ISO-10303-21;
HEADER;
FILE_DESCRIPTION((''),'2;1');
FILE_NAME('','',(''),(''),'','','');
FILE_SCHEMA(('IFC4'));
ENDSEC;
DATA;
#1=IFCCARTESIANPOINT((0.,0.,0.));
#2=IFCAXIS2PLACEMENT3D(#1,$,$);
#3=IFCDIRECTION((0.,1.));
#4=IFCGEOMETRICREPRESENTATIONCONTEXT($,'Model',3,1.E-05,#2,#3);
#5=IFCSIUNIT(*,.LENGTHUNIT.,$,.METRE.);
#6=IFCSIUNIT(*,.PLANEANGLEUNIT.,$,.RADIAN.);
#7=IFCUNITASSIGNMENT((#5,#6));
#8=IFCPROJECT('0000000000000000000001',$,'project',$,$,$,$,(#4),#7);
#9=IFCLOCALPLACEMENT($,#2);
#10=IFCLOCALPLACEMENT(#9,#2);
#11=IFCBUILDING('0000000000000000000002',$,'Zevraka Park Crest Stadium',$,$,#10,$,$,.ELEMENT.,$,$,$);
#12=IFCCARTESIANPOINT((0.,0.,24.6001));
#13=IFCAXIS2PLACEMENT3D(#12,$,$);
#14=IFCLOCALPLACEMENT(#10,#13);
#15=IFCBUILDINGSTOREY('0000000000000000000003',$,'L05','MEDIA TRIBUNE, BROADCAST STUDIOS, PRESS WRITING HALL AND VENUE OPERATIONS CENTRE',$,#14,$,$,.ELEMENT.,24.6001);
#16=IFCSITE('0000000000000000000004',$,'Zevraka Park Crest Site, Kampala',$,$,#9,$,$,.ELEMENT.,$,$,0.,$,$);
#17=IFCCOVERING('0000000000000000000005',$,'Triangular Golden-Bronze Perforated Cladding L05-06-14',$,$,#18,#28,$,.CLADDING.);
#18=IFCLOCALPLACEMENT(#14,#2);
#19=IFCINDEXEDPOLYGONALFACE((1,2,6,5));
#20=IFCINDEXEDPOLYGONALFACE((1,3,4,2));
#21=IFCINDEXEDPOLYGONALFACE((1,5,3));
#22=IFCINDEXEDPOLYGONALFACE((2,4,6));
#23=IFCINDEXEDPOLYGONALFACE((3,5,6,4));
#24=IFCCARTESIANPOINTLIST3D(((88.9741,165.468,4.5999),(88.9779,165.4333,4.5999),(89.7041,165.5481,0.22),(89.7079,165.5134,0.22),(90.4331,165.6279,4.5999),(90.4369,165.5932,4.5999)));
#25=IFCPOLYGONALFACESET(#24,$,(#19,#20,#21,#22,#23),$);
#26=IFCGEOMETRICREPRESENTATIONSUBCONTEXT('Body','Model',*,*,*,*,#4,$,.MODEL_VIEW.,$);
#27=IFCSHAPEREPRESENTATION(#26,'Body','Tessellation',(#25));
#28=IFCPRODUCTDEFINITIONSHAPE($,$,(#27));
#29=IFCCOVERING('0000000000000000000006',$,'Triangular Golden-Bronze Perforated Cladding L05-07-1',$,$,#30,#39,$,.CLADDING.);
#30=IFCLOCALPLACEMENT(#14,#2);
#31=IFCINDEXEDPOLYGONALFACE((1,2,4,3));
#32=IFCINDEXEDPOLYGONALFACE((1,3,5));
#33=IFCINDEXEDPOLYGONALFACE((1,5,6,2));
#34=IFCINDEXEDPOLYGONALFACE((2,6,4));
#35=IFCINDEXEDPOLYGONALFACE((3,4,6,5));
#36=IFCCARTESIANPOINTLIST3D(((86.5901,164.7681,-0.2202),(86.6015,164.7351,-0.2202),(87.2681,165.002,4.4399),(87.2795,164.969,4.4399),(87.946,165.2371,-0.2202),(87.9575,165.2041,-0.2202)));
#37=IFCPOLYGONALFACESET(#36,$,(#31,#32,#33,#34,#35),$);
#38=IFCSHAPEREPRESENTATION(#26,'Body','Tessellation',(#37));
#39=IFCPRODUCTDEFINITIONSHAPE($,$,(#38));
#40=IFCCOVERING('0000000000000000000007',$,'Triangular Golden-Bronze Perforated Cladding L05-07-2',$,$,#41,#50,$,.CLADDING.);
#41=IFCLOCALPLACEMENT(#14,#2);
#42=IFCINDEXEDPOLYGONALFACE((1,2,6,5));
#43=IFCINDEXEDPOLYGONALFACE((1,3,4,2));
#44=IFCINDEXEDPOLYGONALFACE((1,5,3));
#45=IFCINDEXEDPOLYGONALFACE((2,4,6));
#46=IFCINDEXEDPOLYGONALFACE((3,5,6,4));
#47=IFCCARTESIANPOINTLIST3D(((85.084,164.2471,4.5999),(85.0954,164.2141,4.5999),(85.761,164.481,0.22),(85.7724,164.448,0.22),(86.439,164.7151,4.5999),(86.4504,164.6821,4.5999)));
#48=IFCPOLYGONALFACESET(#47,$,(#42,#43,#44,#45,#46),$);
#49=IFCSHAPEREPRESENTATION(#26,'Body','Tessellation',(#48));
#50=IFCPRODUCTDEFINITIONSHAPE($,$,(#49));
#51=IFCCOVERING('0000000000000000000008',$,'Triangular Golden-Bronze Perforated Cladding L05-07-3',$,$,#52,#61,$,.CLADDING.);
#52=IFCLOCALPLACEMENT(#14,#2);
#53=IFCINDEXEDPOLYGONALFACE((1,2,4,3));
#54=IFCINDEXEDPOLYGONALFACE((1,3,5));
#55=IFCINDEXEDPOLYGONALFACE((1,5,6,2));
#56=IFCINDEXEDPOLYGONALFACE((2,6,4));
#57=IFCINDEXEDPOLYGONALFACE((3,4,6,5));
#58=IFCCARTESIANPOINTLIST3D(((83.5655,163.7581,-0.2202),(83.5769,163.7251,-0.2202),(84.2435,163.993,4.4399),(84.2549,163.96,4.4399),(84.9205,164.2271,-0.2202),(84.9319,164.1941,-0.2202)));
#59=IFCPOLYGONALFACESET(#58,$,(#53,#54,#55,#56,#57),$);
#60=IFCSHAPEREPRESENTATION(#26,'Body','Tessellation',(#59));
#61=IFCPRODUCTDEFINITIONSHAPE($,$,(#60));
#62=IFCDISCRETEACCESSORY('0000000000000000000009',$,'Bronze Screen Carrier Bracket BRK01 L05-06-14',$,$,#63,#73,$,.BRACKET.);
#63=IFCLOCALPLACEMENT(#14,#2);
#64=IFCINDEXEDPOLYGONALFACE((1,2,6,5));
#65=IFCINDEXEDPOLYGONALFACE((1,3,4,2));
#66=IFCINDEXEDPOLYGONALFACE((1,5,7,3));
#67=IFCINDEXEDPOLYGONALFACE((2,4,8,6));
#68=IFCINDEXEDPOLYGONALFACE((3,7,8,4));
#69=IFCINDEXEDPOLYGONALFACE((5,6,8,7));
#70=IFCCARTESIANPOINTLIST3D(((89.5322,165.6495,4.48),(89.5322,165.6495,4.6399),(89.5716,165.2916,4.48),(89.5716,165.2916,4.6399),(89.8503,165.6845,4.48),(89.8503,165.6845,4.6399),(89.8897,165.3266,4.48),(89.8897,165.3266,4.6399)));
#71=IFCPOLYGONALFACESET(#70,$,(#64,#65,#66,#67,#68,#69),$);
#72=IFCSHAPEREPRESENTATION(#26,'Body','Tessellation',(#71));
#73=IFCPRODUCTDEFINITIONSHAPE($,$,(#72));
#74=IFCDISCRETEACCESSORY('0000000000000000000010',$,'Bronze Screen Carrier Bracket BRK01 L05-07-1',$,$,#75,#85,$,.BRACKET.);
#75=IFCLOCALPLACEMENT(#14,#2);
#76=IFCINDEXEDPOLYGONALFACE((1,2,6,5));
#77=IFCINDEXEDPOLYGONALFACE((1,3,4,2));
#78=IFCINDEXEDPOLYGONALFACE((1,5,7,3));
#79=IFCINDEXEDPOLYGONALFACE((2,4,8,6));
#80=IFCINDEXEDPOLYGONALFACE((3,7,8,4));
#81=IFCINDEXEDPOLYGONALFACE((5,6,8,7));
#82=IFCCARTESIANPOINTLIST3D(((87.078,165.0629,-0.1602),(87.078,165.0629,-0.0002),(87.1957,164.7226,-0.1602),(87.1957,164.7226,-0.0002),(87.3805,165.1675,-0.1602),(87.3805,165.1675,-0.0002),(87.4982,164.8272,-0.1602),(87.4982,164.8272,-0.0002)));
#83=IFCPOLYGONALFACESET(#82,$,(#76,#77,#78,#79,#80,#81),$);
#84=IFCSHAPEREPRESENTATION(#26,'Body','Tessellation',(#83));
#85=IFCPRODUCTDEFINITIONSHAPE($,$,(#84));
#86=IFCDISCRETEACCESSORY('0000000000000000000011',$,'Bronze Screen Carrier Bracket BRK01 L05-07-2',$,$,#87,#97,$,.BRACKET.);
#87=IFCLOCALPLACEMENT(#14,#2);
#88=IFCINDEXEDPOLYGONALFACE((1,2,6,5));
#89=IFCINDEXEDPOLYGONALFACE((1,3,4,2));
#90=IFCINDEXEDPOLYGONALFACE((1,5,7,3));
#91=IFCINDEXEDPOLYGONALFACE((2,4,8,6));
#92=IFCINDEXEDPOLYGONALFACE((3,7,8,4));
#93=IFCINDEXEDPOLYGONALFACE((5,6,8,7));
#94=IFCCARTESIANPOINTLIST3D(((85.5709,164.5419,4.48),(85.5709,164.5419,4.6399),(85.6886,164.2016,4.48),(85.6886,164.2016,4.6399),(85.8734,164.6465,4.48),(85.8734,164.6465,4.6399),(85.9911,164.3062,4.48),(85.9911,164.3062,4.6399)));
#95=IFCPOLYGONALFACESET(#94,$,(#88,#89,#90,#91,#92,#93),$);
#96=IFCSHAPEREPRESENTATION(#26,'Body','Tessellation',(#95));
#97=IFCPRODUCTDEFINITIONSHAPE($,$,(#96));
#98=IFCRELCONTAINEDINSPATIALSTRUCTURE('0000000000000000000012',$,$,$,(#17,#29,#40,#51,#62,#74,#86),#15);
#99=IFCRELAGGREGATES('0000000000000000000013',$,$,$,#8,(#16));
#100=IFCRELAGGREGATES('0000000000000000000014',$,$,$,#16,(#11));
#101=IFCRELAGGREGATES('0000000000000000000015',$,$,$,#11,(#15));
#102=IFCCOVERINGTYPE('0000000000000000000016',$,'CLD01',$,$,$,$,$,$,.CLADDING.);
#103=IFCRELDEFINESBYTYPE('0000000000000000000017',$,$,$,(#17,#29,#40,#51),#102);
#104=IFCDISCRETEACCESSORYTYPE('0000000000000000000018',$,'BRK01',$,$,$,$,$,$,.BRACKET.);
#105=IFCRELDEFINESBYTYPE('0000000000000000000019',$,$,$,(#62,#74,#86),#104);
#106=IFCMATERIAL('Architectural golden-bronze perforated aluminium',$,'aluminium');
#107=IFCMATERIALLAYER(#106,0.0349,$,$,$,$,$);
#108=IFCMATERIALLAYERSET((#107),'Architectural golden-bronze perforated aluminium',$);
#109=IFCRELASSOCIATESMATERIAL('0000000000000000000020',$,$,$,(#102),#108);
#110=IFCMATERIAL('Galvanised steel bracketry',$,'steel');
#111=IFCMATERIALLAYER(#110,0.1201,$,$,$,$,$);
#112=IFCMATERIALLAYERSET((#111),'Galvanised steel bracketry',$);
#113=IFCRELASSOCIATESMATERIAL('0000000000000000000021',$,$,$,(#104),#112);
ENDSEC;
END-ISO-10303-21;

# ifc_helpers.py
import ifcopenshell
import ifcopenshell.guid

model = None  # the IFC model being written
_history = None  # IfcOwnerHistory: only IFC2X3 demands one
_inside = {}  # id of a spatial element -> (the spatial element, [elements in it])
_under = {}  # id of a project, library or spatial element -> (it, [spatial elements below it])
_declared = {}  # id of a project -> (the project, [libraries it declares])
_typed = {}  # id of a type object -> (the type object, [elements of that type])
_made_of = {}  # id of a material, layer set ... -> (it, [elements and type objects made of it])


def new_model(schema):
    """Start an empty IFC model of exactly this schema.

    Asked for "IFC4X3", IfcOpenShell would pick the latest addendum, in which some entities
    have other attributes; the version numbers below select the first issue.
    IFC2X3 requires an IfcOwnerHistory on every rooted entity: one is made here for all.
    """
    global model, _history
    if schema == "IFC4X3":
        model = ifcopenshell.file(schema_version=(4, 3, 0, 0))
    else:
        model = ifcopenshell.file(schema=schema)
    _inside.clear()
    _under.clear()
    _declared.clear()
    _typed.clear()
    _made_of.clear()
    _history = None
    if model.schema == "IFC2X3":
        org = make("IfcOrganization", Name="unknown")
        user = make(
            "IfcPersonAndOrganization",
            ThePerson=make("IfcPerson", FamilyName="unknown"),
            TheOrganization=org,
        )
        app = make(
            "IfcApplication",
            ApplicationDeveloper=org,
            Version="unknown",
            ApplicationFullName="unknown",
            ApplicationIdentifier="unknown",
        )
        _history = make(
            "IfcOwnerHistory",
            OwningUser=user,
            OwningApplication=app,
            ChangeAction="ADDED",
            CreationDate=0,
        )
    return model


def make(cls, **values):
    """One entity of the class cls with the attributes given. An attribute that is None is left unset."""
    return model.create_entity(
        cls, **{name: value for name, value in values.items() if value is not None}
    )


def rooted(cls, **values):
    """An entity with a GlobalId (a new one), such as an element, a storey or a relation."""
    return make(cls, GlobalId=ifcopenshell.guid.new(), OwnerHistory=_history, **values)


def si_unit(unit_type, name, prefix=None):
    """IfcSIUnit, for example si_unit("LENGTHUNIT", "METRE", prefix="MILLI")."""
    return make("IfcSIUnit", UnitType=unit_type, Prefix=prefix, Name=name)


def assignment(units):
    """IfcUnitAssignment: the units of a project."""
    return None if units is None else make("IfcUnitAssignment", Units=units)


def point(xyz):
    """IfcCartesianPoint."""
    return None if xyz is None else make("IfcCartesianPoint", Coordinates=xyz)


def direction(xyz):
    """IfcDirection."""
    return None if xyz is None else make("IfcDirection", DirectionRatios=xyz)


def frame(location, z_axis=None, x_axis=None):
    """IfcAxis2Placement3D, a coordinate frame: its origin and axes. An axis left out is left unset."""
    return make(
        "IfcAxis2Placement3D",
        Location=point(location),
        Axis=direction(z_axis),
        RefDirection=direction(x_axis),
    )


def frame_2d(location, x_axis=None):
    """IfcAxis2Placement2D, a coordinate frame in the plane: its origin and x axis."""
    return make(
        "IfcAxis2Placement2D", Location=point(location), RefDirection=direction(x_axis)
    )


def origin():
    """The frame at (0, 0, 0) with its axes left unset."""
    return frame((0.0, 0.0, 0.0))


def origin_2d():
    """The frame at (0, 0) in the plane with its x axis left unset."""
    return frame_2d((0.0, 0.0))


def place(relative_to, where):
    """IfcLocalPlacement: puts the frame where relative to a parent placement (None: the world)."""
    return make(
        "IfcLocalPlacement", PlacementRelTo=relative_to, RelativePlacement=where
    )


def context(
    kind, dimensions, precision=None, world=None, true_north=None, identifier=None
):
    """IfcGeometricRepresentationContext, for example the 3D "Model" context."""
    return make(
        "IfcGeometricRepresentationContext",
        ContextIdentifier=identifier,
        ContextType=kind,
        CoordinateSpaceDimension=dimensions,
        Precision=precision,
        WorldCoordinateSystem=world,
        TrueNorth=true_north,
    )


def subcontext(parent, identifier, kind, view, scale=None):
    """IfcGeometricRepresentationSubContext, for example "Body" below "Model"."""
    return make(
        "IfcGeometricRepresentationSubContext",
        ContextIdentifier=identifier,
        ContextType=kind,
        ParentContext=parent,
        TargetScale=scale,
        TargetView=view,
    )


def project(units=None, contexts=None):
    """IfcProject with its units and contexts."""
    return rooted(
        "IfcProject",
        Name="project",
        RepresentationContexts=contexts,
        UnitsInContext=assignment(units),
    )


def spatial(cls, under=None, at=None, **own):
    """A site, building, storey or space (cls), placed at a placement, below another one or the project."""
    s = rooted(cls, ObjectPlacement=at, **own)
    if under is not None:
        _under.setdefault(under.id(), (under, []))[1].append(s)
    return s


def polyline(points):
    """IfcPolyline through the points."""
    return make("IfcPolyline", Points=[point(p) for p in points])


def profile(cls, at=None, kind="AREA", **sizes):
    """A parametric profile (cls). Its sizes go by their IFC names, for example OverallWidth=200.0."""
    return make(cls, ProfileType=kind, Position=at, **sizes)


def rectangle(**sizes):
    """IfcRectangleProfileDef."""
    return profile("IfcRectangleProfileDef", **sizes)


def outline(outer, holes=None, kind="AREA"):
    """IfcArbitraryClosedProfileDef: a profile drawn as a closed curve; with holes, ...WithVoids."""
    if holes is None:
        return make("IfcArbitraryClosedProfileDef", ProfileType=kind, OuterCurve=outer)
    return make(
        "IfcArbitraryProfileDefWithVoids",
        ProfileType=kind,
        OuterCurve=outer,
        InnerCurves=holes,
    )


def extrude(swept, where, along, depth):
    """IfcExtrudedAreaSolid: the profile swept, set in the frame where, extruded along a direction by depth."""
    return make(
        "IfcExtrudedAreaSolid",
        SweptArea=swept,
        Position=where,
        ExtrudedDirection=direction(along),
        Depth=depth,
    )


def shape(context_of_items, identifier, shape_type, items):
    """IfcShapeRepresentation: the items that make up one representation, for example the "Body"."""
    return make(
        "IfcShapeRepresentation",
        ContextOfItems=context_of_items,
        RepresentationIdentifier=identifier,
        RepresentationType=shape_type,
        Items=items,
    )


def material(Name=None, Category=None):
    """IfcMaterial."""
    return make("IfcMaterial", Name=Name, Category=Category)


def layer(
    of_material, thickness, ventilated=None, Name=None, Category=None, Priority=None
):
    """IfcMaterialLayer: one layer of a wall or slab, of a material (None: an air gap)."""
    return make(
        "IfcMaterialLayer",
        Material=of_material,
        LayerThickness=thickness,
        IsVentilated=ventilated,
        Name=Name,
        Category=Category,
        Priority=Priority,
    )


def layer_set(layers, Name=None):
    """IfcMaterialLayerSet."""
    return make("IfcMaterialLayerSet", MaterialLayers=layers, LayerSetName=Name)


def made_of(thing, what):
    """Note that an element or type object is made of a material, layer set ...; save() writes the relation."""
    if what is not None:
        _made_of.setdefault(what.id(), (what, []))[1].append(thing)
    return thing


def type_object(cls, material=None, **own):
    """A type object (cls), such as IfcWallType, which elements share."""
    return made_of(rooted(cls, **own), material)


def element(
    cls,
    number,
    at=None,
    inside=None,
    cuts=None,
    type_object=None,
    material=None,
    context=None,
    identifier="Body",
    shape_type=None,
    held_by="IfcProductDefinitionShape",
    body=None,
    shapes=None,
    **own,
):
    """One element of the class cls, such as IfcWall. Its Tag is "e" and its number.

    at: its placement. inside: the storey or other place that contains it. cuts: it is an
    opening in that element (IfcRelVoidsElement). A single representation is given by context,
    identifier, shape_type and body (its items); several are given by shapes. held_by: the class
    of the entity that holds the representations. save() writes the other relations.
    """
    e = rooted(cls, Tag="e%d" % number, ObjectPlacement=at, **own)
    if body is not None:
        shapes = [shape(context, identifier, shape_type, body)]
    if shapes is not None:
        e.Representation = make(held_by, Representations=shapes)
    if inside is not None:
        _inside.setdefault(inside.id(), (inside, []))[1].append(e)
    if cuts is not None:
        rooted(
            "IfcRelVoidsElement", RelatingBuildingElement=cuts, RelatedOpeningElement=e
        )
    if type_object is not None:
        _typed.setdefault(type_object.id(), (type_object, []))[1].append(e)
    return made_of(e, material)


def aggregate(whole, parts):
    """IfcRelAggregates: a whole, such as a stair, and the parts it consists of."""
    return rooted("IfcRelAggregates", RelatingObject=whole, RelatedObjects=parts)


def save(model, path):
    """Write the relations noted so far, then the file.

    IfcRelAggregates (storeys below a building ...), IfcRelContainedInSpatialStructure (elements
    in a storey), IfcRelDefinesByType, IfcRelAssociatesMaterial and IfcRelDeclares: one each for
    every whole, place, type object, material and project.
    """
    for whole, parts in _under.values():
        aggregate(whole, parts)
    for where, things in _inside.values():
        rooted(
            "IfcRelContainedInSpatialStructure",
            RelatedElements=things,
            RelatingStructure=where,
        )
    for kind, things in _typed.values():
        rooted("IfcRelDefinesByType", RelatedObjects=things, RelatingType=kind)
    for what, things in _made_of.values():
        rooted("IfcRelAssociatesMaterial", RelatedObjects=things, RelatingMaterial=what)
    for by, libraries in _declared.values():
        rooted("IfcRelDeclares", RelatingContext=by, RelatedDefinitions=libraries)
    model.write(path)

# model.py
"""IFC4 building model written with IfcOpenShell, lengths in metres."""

from ifc_helpers import new_model, si_unit, direction, frame, origin, origin_2d, place, context, subcontext, project, spatial, polyline, rectangle, outline, extrude, material, layer, layer_set, type_object, element, save


model = new_model("IFC4")

# Units and contexts
model_context = context("Model", 3, precision=1e-05, world=origin(), true_north=direction((0.0, 1.0)))
body_context = subcontext(model_context, "Body", "Model", "MODEL_VIEW")
ifc_project = project(units=[si_unit("LENGTHUNIT", "METRE"), si_unit("PLANEANGLEUNIT", "RADIAN")], contexts=[model_context])

# Site, building, storey
site_placement = place(None, origin())
site = spatial("IfcSite", under=ifc_project, at=site_placement, Name="Zevraka Park Crest Site, Kampala", CompositionType="ELEMENT", RefElevation=0.0)
building_placement = place(site_placement, origin())
building = spatial("IfcBuilding", under=site, at=building_placement, Name="Zevraka Park Crest Stadium", CompositionType="ELEMENT")
storey_placement = place(building_placement, frame((0.0, 0.0, 24.6001)))
storey = spatial("IfcBuildingStorey", under=building, at=storey_placement, Name="L05", Description="MEDIA TRIBUNE, BROADCAST STUDIOS, PRESS WRITING HALL AND VENUE OPERATIONS CENTRE", CompositionType="ELEMENT", Elevation=24.6001)

# Coverings
ifc_material_1 = material(Name="Architectural golden-bronze perforated aluminium", Category="aluminium")
ifc_layer_1 = layer(ifc_material_1, 0.0349)
ifc_layer_set_1 = layer_set([ifc_layer_1], Name="Architectural golden-bronze perforated aluminium")
covering_type = type_object("IfcCoveringType", Name="CLD01", PredefinedType="CLADDING", material=ifc_layer_set_1)
covering_1_placement = place(storey_placement, frame((88.9741, 165.468, 4.5999), z_axis=(-0.108953, 0.994047, 0.000016), x_axis=(0.994047, 0.108953, 0.0)))
element("IfcCovering", 1, at=covering_1_placement, inside=storey, type_object=covering_type, Name="Triangular Golden-Bronze Perforated Cladding L05-06-14", PredefinedType="CLADDING", context=body_context, shape_type="SweptSolid", body=[
    extrude(outline(polyline([(0.0, 0.0), (1.4677, 0.0), (0.7344, 4.3799), (0.0, 0.0)])), origin(), (0.0, 0.0, -1.0), 0.0349),
])
covering_2_placement = place(storey_placement, frame((87.946, 165.2371, -0.2202), z_axis=(-0.326877, 0.945067, 0.000124), x_axis=(-0.945067, -0.326877, 0.0)))
element("IfcCovering", 2, at=covering_2_placement, inside=storey, type_object=covering_type, Name="Triangular Golden-Bronze Perforated Cladding L05-07-1", PredefinedType="CLADDING", context=body_context, shape_type="SweptSolid", body=[
    extrude(outline(polyline([(0.0, 0.0), (1.4348, 0.0), (0.7176, 4.6602), (0.0, 0.0)])), origin(), (0.0, 0.0, -1.0), 0.0349),
])
covering_3_placement = place(storey_placement, frame((85.084, 164.2471, 4.5999), z_axis=(-0.326479, 0.945205, 0.00001), x_axis=(0.945205, 0.326479, 0.0)))
element("IfcCovering", 3, at=covering_3_placement, inside=storey, type_object=covering_type, Name="Triangular Golden-Bronze Perforated Cladding L05-07-2", PredefinedType="CLADDING", context=body_context, shape_type="SweptSolid", body=[
    extrude(outline(polyline([(0.0, 0.0), (1.4335, 0.0), (0.7163, 4.3799), (0.0, 0.0)])), origin(), (0.0, 0.0, -1.0), 0.0349),
])
covering_4_placement = place(storey_placement, frame((84.9319, 164.1941, -0.2202), z_axis=(0.327087, -0.944994, 0.00004), x_axis=(-0.944994, -0.327087, 0.0)))
element("IfcCovering", 4, at=covering_4_placement, inside=storey, type_object=covering_type, Name="Triangular Golden-Bronze Perforated Cladding L05-07-3", PredefinedType="CLADDING", context=body_context, shape_type="SweptSolid", body=[
    extrude(outline(polyline([(0.0, 0.0), (1.4339, 0.0), (0.7163, -4.6602), (0.0, 0.0)])), origin(), (0.0, 0.0, -1.0), 0.0349),
])

# Discrete accessories
ifc_material_2 = material(Name="Galvanised steel bracketry", Category="steel")
ifc_layer_2 = layer(ifc_material_2, 0.1201)
ifc_layer_set_2 = layer_set([ifc_layer_2], Name="Galvanised steel bracketry")
discrete_accessory_type = type_object("IfcDiscreteAccessoryType", Name="BRK01", PredefinedType="BRACKET", material=ifc_layer_set_2)
for number, where, z_axis, x_axis, name in (
    (5, (89.7109, 165.488, 4.48), (0.0, 0.0, 1.0), (-0.993999, -0.109387, 0.0), "Bronze Screen Carrier Bracket BRK01 L05-06-14"),
    (6, (87.2881, 164.9451, -0.1602), (0.0, 0.0, 1.0), (-0.945063, -0.326888, 0.0), "Bronze Screen Carrier Bracket BRK01 L05-07-1"),
    (7, (85.781, 164.4241, 4.48), (0.0, 0.0, 1.0), (-0.945063, -0.326888, 0.0), "Bronze Screen Carrier Bracket BRK01 L05-07-2"),
):
    element("IfcDiscreteAccessory", number, at=place(storey_placement, frame(where, z_axis=z_axis, x_axis=x_axis)), inside=storey, type_object=discrete_accessory_type, Name=name, PredefinedType="BRACKET", context=body_context, shape_type="SweptSolid", body=[
        extrude(rectangle(XDim=0.3201, YDim=0.3601, at=origin_2d()), origin(), (0.0, 0.0, 1.0), 0.1599),
    ])

save(model, "model.ifc")
